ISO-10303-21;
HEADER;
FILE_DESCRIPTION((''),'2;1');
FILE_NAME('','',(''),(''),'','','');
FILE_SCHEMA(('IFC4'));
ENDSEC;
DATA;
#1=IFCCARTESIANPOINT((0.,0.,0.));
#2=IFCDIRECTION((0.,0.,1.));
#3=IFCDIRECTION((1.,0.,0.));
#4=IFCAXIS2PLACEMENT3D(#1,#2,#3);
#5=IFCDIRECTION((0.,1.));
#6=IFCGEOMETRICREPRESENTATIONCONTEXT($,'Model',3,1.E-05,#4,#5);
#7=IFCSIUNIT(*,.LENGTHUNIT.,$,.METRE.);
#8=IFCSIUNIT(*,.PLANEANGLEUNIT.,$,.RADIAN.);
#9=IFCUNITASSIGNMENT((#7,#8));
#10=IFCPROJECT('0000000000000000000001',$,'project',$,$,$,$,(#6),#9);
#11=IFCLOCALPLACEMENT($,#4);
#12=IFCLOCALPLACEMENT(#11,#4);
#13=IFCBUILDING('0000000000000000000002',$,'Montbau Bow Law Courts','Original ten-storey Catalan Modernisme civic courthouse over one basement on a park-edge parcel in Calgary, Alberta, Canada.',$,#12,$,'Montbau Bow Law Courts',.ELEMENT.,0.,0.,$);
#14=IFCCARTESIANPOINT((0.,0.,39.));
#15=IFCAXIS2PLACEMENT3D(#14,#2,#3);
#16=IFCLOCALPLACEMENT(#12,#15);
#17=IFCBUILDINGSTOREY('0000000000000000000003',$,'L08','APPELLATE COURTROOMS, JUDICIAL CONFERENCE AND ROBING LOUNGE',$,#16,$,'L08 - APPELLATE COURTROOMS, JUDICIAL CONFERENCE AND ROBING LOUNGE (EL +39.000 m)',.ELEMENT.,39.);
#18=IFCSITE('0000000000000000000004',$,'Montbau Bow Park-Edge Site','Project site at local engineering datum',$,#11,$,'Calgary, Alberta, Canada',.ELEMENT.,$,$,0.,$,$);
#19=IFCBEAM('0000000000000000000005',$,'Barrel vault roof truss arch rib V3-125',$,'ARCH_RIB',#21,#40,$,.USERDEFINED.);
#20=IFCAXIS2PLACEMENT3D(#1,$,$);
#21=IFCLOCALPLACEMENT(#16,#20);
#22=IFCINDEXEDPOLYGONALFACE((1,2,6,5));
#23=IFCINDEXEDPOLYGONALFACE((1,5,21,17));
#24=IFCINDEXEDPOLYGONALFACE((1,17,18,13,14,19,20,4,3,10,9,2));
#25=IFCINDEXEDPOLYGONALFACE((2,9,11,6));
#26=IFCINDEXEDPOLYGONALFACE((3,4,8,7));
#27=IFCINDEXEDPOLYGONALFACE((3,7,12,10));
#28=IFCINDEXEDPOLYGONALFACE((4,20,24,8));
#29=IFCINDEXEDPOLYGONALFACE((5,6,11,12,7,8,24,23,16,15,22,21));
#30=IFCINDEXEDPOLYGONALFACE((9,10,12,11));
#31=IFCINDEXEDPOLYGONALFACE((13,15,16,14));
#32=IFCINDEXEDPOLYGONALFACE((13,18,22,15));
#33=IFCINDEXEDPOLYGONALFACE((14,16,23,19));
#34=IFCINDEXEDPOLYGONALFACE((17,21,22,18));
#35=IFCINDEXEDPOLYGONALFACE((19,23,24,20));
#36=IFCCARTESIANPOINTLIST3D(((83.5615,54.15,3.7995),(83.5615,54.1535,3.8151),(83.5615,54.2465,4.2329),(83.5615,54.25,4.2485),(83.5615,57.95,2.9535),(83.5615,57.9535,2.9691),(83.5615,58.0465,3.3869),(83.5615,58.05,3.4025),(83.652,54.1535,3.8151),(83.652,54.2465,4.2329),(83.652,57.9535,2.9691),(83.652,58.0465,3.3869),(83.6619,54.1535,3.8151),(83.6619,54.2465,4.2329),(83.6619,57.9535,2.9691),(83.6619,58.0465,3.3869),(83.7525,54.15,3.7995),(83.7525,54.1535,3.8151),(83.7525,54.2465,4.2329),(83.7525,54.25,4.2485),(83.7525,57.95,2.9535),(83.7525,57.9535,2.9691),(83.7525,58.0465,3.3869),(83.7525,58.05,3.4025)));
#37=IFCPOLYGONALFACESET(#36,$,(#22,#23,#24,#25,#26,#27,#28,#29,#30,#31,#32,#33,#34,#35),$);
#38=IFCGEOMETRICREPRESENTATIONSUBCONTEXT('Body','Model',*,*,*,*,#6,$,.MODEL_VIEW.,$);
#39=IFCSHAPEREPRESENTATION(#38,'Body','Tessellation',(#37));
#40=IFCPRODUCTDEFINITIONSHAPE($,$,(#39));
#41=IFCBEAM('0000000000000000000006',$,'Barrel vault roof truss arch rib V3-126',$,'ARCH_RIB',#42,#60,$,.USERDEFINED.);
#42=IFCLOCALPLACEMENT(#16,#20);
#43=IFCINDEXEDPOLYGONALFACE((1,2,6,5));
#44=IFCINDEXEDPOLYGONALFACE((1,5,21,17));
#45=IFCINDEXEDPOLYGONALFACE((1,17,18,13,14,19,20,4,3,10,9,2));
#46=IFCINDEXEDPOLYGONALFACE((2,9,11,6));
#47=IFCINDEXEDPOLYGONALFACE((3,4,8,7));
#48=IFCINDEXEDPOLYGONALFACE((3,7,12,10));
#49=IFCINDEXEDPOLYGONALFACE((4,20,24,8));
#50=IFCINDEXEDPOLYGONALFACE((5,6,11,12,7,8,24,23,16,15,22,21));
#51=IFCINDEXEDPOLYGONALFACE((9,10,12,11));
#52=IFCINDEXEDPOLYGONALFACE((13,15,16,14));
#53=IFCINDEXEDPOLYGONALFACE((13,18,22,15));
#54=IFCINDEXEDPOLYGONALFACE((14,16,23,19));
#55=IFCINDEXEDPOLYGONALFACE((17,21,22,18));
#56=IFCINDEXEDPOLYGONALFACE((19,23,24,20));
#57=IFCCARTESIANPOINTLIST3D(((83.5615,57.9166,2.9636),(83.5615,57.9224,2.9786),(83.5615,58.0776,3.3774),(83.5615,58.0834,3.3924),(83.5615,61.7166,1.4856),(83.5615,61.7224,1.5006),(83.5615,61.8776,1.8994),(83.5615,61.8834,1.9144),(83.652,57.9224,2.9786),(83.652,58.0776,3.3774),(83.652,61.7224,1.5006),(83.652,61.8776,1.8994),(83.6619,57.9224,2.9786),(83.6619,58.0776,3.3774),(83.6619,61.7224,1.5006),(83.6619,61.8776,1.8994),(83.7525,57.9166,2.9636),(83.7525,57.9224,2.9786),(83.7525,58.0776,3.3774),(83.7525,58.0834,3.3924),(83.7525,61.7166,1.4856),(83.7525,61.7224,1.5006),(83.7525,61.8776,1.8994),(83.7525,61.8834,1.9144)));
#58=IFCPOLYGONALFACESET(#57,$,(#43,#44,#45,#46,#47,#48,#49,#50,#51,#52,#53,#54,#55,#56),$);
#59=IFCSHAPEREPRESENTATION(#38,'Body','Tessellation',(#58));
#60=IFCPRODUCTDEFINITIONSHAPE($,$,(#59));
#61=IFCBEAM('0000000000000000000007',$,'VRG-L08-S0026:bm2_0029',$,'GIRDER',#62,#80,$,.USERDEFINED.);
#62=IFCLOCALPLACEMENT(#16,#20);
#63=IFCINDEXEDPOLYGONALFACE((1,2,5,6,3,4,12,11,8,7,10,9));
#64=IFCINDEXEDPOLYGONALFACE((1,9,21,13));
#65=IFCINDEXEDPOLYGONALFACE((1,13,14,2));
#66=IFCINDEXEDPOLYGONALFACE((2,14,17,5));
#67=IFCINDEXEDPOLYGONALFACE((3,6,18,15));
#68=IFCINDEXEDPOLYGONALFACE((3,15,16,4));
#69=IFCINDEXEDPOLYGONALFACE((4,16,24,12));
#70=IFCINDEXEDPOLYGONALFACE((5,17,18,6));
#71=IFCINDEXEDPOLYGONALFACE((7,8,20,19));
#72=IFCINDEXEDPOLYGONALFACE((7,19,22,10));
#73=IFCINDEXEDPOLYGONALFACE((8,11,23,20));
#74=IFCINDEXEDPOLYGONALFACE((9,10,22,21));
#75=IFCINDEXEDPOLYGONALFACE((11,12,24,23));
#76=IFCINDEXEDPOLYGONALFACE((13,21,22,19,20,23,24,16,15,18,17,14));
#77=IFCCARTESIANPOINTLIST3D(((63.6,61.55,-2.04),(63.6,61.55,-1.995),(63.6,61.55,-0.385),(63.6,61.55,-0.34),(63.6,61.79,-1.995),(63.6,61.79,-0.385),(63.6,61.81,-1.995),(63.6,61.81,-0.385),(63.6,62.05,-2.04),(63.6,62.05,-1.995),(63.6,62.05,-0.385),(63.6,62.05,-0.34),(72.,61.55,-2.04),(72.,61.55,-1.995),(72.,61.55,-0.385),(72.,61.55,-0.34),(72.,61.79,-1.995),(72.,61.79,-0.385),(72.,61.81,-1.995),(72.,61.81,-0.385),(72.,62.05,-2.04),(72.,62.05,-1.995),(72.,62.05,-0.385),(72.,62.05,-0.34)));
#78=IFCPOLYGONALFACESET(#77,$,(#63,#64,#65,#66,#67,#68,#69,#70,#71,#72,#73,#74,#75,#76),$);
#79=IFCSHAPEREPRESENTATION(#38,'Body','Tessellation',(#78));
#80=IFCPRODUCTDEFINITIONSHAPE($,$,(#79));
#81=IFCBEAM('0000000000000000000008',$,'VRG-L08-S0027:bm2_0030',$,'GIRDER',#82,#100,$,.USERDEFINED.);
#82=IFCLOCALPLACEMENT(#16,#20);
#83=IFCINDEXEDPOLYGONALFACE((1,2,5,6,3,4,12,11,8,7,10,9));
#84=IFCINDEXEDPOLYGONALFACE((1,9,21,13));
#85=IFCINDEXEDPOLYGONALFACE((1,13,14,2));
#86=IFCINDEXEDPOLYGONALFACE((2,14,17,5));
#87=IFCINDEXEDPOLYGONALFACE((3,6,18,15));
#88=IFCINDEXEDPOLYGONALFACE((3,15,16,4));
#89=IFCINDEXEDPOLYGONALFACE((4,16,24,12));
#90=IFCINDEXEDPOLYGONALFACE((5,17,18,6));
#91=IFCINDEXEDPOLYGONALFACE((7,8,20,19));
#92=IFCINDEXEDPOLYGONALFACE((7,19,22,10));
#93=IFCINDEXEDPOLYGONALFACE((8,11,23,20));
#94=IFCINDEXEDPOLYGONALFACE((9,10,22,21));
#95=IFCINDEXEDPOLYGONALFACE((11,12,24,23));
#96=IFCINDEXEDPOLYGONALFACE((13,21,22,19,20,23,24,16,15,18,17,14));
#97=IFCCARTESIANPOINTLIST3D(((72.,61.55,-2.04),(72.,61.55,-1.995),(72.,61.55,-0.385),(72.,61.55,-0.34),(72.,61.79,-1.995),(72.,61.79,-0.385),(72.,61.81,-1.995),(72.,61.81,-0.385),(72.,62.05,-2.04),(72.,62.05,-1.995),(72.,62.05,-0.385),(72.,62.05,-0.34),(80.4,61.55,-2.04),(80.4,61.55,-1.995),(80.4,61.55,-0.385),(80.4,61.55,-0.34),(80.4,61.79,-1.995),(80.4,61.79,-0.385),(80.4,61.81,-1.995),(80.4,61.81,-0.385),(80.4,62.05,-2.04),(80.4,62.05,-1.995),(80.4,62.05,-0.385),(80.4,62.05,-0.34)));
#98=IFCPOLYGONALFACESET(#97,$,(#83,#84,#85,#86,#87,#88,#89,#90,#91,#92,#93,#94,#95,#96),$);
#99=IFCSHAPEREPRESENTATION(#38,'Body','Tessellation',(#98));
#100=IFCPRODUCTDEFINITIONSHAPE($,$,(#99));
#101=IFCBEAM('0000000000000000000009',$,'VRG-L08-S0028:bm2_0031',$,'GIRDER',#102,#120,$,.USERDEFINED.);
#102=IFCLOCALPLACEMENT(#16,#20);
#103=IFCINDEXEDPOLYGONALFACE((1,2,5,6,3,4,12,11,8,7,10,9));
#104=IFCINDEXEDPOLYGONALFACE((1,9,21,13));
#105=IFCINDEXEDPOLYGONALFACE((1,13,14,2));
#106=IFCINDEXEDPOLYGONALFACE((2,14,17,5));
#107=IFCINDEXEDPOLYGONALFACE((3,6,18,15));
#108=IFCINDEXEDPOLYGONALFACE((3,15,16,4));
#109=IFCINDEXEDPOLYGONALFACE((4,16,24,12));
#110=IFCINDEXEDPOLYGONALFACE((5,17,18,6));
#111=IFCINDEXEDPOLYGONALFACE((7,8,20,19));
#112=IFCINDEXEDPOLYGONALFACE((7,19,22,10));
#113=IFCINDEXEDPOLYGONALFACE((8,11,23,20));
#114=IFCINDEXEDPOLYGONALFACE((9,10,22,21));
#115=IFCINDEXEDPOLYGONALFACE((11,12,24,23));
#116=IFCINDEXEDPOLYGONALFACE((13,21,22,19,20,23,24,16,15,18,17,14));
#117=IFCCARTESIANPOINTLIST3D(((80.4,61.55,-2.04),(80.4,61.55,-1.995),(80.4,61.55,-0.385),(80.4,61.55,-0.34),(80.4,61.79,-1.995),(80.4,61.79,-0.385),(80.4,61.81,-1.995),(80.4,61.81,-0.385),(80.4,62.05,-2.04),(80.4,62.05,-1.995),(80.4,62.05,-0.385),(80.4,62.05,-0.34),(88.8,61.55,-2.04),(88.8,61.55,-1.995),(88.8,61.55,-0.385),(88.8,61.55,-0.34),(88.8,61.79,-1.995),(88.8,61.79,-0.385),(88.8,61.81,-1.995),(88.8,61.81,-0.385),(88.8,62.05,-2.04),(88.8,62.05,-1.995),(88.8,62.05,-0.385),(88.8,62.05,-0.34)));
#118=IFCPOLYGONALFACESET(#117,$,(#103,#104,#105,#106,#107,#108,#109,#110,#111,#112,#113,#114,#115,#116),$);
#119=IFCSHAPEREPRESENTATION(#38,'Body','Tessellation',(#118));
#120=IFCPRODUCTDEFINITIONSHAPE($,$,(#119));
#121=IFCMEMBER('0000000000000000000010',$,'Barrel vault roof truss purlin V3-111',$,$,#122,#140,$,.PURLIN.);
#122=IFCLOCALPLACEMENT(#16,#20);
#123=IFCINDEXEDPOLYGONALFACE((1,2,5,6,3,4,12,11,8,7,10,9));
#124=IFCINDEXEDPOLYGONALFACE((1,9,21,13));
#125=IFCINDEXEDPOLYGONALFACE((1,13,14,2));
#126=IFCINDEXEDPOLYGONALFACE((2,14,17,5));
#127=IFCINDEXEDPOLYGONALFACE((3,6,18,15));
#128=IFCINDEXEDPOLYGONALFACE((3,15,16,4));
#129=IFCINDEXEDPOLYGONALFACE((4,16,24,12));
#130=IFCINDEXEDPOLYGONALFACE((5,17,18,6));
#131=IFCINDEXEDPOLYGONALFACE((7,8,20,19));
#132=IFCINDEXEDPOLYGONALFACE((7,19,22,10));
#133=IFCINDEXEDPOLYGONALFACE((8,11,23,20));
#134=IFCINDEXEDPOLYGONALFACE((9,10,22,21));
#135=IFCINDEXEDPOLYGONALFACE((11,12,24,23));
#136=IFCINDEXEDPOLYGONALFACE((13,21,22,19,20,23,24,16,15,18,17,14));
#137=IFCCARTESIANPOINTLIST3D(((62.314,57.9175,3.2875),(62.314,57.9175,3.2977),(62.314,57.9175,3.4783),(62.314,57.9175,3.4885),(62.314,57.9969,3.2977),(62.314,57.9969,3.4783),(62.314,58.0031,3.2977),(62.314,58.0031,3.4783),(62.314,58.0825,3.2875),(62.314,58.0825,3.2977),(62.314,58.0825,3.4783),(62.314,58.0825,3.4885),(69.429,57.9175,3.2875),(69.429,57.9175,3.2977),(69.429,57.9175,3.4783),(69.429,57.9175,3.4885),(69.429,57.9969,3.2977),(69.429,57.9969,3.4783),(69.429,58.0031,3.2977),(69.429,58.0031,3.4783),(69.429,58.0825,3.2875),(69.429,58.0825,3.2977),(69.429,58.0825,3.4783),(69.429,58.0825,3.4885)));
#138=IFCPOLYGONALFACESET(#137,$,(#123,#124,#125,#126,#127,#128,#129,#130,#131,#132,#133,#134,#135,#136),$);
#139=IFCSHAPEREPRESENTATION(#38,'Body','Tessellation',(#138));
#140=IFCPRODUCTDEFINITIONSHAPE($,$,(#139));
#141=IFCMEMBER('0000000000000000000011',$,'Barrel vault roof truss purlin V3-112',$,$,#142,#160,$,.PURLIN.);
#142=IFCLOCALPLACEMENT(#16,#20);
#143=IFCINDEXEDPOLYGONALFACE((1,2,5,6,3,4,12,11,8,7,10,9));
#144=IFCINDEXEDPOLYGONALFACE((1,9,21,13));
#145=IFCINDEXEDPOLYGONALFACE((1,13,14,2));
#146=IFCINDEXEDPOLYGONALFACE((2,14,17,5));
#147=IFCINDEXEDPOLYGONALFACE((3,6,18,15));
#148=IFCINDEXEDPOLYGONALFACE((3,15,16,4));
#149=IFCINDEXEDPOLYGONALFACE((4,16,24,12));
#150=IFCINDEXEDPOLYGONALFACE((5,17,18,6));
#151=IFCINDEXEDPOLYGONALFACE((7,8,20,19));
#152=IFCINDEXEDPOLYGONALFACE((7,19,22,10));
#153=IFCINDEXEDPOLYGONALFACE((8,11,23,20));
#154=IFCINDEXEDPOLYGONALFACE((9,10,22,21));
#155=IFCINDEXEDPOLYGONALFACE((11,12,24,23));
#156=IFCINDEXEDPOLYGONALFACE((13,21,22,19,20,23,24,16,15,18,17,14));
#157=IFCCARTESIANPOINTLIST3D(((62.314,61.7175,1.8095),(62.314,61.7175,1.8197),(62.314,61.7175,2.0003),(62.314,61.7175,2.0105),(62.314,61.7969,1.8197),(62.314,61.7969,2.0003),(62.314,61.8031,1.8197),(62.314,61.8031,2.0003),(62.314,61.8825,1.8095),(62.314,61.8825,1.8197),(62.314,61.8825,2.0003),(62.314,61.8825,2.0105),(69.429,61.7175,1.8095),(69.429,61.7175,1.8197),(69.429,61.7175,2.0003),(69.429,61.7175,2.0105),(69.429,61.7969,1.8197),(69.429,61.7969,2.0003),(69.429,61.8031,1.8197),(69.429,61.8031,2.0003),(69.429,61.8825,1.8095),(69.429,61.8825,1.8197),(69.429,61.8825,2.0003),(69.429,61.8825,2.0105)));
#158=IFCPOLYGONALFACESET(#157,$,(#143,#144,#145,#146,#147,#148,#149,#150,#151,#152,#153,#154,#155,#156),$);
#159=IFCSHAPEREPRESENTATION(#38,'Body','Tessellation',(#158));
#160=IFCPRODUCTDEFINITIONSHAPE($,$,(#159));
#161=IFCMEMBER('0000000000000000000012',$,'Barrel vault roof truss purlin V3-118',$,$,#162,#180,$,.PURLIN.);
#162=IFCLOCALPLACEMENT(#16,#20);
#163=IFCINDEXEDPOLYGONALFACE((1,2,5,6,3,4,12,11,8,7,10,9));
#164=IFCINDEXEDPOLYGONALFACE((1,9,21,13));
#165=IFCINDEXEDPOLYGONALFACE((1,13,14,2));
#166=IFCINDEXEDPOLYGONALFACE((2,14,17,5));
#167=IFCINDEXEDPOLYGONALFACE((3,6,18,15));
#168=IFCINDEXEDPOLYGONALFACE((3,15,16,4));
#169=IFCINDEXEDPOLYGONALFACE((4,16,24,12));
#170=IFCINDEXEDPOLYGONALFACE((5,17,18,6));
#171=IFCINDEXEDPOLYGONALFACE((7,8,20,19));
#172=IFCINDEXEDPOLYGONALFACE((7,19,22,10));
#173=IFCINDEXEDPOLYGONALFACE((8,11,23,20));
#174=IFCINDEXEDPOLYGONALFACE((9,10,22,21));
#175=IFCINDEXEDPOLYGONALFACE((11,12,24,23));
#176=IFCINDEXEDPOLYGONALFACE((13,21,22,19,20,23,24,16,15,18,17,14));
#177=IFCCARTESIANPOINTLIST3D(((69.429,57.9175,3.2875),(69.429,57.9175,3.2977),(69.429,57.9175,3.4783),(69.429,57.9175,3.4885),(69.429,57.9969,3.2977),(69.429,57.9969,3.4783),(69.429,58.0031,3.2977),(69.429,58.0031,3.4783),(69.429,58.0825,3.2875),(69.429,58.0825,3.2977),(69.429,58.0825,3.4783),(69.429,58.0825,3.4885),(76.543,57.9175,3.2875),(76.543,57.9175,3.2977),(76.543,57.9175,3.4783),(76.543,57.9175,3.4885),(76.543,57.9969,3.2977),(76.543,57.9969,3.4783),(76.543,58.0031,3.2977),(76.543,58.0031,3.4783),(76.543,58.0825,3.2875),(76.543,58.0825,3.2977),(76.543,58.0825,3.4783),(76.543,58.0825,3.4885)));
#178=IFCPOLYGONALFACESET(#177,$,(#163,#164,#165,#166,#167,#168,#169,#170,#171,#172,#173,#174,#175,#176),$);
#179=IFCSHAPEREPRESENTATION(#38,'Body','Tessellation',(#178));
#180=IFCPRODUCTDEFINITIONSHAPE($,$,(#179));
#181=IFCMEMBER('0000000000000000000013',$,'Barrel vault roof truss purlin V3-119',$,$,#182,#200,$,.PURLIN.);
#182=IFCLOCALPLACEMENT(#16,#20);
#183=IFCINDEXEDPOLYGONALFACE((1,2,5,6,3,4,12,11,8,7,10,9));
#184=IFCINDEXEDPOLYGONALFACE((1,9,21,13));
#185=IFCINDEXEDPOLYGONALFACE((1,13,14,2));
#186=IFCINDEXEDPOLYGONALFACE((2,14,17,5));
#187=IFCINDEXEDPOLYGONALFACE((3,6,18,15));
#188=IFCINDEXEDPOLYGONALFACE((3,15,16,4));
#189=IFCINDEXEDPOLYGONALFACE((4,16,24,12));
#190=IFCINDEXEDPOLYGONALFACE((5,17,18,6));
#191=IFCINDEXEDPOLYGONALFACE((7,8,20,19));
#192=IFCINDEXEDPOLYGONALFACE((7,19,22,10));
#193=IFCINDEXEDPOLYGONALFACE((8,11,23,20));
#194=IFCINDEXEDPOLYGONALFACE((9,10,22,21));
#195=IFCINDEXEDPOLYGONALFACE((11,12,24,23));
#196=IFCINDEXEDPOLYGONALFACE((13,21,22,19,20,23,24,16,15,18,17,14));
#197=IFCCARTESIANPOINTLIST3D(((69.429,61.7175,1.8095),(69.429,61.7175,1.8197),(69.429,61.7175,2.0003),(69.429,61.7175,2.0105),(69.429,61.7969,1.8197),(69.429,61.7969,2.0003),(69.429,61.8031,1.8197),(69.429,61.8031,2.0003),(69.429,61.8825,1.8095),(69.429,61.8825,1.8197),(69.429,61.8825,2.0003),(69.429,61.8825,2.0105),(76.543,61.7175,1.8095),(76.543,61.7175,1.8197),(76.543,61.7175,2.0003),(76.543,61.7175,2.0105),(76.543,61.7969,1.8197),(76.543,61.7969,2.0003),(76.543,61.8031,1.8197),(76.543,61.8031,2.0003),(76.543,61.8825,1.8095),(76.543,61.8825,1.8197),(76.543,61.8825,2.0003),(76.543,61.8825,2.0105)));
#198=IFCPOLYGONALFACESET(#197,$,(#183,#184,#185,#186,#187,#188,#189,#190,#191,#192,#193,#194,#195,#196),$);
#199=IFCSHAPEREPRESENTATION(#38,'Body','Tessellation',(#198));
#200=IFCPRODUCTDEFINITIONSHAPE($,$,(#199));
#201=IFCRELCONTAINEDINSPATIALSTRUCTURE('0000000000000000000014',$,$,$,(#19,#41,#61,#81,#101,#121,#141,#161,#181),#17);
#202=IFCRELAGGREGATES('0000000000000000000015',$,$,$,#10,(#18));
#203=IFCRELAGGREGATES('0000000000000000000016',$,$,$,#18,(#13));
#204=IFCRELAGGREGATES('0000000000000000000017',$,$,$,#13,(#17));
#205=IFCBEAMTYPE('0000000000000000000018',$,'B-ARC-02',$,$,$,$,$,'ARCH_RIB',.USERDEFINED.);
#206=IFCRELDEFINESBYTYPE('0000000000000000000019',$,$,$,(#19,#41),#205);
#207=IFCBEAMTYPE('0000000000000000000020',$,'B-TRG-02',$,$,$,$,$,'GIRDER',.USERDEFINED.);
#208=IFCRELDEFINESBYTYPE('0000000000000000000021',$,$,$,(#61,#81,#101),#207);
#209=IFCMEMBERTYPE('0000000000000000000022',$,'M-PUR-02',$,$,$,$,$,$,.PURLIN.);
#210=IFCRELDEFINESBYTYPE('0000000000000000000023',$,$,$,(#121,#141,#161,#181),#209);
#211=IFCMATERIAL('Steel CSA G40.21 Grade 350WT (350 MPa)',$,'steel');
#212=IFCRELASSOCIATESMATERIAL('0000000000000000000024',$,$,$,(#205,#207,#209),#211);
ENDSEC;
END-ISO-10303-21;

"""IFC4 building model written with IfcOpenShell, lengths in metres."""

from ifc_helpers import new_model, si_unit, direction, frame, origin_with_axes, origin_2d_with_axis, place, context, subcontext, project, spatial, i_section, extrude, material, material_profile, profile_set, type_object, element, save


model = new_model("IFC4")

# Units and contexts
model_context = context("Model", 3, precision=1e-05, world=origin_with_axes(), true_north=direction((0.0, 1.0)))
body_context = subcontext(model_context, "Body", "Model", "MODEL_VIEW")
ifc_project = project(units=[si_unit("LENGTHUNIT", "METRE"), si_unit("PLANEANGLEUNIT", "RADIAN")], contexts=[model_context])

# Site, building, storey
site_placement = place(None, origin_with_axes())
site = spatial("IfcSite", under=ifc_project, at=site_placement, Name="Montbau Bow Park-Edge Site", Description="Project site at local engineering datum", LongName="Calgary, Alberta, Canada", CompositionType="ELEMENT", RefElevation=0.0)
building_placement = place(site_placement, origin_with_axes())
building = spatial("IfcBuilding", under=site, at=building_placement, Name="Montbau Bow Law Courts", Description="Original ten-storey Catalan Modernisme civic courthouse over one basement on a park-edge parcel in Calgary, Alberta, Canada.", LongName="Montbau Bow Law Courts", CompositionType="ELEMENT", ElevationOfRefHeight=0.0, ElevationOfTerrain=0.0)
storey_placement = place(building_placement, frame((0.0, 0.0, 39.0), z_axis=(0.0, 0.0, 1.0), x_axis=(1.0, 0.0, 0.0)))
storey = spatial("IfcBuildingStorey", under=building, at=storey_placement, Name="L08", Description="APPELLATE COURTROOMS, JUDICIAL CONFERENCE AND ROBING LOUNGE", LongName="L08 - APPELLATE COURTROOMS, JUDICIAL CONFERENCE AND ROBING LOUNGE (EL +39.000 m)", CompositionType="ELEMENT", Elevation=39.0)

# Beams
ifc_material_1 = material(Name="Steel CSA G40.21 Grade 350WT (350 MPa)", Category="steel")
ifc_material_profile_1 = material_profile(ifc_material_1, i_section(OverallWidth=0.191, OverallDepth=0.46, WebThickness=0.0099, FlangeThickness=0.016, at=origin_2d_with_axis()), Name="W460X82", Category="Main", Priority=0)
ifc_profile_set_1 = profile_set([ifc_material_profile_1], Name="Steel CSA G40.21 Grade 350WT (350 MPa)")
beam_type_1 = type_object("IfcBeamType", Name="B-ARC-02", ElementType="ARCH_RIB", PredefinedType="USERDEFINED", material=ifc_profile_set_1)
beam_1_placement = place(None, frame((83.657, 54.2, 43.024), z_axis=(0.0, 0.976102, -0.217311), x_axis=(-1.0, 0.0, 0.0)))
element("IfcBeam", 1, at=beam_1_placement, inside=storey, type_object=beam_type_1, Name="Barrel vault roof truss arch rib V3-125", ObjectType="ARCH_RIB", PredefinedType="USERDEFINED", context=body_context, shape_type="SweptSolid", body=[
    extrude(i_section(OverallWidth=0.191, OverallDepth=0.46, WebThickness=0.0099, FlangeThickness=0.016, at=origin_2d_with_axis()), origin_with_axes(), (0.0, 0.0, 1.0), 3.893),
])
beam_2_placement = place(None, frame((83.657, 58.0, 42.178), z_axis=(0.0, 0.931986, -0.362494), x_axis=(-1.0, 0.0, 0.0)))
element("IfcBeam", 2, at=beam_2_placement, inside=storey, type_object=beam_type_1, Name="Barrel vault roof truss arch rib V3-126", ObjectType="ARCH_RIB", PredefinedType="USERDEFINED", context=body_context, shape_type="SweptSolid", body=[
    extrude(i_section(OverallWidth=0.191, OverallDepth=0.46, WebThickness=0.0099, FlangeThickness=0.016, at=origin_2d_with_axis()), origin_with_axes(), (0.0, 0.0, 1.0), 4.0773),
])
ifc_material_profile_2 = material_profile(ifc_material_1, i_section(OverallWidth=0.5, OverallDepth=1.7, WebThickness=0.02, FlangeThickness=0.045, at=origin_2d_with_axis()), Name="WWF1700X480", Category="Main", Priority=0)
ifc_profile_set_2 = profile_set([ifc_material_profile_2], Name="Steel CSA G40.21 Grade 350WT (350 MPa)")
beam_type_2 = type_object("IfcBeamType", Name="B-TRG-02", ElementType="GIRDER", PredefinedType="USERDEFINED", material=ifc_profile_set_2)
for number, where, z_axis, x_axis, name in (
    (3, (63.6, 61.8, 37.81), (1.0, 0.0, 0.0), (0.0, 1.0, 0.0), "VRG-L08-S0026:bm2_0029"),
    (4, (72.0, 61.8, 37.81), (1.0, 0.0, 0.0), (0.0, 1.0, 0.0), "VRG-L08-S0027:bm2_0030"),
    (5, (80.4, 61.8, 37.81), (1.0, 0.0, 0.0), (0.0, 1.0, 0.0), "VRG-L08-S0028:bm2_0031"),
):
    element("IfcBeam", number, at=place(None, frame(where, z_axis=z_axis, x_axis=x_axis)), inside=storey, type_object=beam_type_2, Name=name, ObjectType="GIRDER", PredefinedType="USERDEFINED", context=body_context, shape_type="SweptSolid", body=[
        extrude(i_section(OverallWidth=0.5, OverallDepth=1.7, WebThickness=0.02, FlangeThickness=0.045, at=origin_2d_with_axis()), origin_with_axes(), (0.0, 0.0, 1.0), 8.4),
    ])

# Members
ifc_material_profile_3 = material_profile(ifc_material_1, i_section(OverallWidth=0.165, OverallDepth=0.201, WebThickness=0.0062, FlangeThickness=0.0102, at=origin_2d_with_axis()), Name="W200X36", Category="Main", Priority=0)
ifc_profile_set_3 = profile_set([ifc_material_profile_3], Name="Steel CSA G40.21 Grade 350WT (350 MPa)")
member_type_1 = type_object("IfcMemberType", Name="M-PUR-02", PredefinedType="PURLIN", material=ifc_profile_set_3)
for number, where, z_axis, x_axis, name in (
    (6, (62.314, 58.0, 42.388), (1.0, 0.0, 0.0), (0.0, 1.0, 0.0), "Barrel vault roof truss purlin V3-111"),
    (7, (62.314, 61.8, 40.91), (1.0, 0.0, 0.0), (0.0, 1.0, 0.0), "Barrel vault roof truss purlin V3-112"),
):
    element("IfcMember", number, at=place(None, frame(where, z_axis=z_axis, x_axis=x_axis)), inside=storey, type_object=member_type_1, Name=name, PredefinedType="PURLIN", context=body_context, shape_type="SweptSolid", body=[
        extrude(i_section(OverallWidth=0.165, OverallDepth=0.201, WebThickness=0.0062, FlangeThickness=0.0102, at=origin_2d_with_axis()), origin_with_axes(), (0.0, 0.0, 1.0), 7.115),
    ])
for number, where, z_axis, x_axis, name in (
    (8, (69.429, 58.0, 42.388), (1.0, 0.0, 0.0), (0.0, 1.0, 0.0), "Barrel vault roof truss purlin V3-118"),
    (9, (69.429, 61.8, 40.91), (1.0, 0.0, 0.0), (0.0, 1.0, 0.0), "Barrel vault roof truss purlin V3-119"),
):
    element("IfcMember", number, at=place(None, frame(where, z_axis=z_axis, x_axis=x_axis)), inside=storey, type_object=member_type_1, Name=name, PredefinedType="PURLIN", context=body_context, shape_type="SweptSolid", body=[
        extrude(i_section(OverallWidth=0.165, OverallDepth=0.201, WebThickness=0.0062, FlangeThickness=0.0102, at=origin_2d_with_axis()), origin_with_axes(), (0.0, 0.0, 1.0), 7.114),
    ])

save(model, "model.ifc")
